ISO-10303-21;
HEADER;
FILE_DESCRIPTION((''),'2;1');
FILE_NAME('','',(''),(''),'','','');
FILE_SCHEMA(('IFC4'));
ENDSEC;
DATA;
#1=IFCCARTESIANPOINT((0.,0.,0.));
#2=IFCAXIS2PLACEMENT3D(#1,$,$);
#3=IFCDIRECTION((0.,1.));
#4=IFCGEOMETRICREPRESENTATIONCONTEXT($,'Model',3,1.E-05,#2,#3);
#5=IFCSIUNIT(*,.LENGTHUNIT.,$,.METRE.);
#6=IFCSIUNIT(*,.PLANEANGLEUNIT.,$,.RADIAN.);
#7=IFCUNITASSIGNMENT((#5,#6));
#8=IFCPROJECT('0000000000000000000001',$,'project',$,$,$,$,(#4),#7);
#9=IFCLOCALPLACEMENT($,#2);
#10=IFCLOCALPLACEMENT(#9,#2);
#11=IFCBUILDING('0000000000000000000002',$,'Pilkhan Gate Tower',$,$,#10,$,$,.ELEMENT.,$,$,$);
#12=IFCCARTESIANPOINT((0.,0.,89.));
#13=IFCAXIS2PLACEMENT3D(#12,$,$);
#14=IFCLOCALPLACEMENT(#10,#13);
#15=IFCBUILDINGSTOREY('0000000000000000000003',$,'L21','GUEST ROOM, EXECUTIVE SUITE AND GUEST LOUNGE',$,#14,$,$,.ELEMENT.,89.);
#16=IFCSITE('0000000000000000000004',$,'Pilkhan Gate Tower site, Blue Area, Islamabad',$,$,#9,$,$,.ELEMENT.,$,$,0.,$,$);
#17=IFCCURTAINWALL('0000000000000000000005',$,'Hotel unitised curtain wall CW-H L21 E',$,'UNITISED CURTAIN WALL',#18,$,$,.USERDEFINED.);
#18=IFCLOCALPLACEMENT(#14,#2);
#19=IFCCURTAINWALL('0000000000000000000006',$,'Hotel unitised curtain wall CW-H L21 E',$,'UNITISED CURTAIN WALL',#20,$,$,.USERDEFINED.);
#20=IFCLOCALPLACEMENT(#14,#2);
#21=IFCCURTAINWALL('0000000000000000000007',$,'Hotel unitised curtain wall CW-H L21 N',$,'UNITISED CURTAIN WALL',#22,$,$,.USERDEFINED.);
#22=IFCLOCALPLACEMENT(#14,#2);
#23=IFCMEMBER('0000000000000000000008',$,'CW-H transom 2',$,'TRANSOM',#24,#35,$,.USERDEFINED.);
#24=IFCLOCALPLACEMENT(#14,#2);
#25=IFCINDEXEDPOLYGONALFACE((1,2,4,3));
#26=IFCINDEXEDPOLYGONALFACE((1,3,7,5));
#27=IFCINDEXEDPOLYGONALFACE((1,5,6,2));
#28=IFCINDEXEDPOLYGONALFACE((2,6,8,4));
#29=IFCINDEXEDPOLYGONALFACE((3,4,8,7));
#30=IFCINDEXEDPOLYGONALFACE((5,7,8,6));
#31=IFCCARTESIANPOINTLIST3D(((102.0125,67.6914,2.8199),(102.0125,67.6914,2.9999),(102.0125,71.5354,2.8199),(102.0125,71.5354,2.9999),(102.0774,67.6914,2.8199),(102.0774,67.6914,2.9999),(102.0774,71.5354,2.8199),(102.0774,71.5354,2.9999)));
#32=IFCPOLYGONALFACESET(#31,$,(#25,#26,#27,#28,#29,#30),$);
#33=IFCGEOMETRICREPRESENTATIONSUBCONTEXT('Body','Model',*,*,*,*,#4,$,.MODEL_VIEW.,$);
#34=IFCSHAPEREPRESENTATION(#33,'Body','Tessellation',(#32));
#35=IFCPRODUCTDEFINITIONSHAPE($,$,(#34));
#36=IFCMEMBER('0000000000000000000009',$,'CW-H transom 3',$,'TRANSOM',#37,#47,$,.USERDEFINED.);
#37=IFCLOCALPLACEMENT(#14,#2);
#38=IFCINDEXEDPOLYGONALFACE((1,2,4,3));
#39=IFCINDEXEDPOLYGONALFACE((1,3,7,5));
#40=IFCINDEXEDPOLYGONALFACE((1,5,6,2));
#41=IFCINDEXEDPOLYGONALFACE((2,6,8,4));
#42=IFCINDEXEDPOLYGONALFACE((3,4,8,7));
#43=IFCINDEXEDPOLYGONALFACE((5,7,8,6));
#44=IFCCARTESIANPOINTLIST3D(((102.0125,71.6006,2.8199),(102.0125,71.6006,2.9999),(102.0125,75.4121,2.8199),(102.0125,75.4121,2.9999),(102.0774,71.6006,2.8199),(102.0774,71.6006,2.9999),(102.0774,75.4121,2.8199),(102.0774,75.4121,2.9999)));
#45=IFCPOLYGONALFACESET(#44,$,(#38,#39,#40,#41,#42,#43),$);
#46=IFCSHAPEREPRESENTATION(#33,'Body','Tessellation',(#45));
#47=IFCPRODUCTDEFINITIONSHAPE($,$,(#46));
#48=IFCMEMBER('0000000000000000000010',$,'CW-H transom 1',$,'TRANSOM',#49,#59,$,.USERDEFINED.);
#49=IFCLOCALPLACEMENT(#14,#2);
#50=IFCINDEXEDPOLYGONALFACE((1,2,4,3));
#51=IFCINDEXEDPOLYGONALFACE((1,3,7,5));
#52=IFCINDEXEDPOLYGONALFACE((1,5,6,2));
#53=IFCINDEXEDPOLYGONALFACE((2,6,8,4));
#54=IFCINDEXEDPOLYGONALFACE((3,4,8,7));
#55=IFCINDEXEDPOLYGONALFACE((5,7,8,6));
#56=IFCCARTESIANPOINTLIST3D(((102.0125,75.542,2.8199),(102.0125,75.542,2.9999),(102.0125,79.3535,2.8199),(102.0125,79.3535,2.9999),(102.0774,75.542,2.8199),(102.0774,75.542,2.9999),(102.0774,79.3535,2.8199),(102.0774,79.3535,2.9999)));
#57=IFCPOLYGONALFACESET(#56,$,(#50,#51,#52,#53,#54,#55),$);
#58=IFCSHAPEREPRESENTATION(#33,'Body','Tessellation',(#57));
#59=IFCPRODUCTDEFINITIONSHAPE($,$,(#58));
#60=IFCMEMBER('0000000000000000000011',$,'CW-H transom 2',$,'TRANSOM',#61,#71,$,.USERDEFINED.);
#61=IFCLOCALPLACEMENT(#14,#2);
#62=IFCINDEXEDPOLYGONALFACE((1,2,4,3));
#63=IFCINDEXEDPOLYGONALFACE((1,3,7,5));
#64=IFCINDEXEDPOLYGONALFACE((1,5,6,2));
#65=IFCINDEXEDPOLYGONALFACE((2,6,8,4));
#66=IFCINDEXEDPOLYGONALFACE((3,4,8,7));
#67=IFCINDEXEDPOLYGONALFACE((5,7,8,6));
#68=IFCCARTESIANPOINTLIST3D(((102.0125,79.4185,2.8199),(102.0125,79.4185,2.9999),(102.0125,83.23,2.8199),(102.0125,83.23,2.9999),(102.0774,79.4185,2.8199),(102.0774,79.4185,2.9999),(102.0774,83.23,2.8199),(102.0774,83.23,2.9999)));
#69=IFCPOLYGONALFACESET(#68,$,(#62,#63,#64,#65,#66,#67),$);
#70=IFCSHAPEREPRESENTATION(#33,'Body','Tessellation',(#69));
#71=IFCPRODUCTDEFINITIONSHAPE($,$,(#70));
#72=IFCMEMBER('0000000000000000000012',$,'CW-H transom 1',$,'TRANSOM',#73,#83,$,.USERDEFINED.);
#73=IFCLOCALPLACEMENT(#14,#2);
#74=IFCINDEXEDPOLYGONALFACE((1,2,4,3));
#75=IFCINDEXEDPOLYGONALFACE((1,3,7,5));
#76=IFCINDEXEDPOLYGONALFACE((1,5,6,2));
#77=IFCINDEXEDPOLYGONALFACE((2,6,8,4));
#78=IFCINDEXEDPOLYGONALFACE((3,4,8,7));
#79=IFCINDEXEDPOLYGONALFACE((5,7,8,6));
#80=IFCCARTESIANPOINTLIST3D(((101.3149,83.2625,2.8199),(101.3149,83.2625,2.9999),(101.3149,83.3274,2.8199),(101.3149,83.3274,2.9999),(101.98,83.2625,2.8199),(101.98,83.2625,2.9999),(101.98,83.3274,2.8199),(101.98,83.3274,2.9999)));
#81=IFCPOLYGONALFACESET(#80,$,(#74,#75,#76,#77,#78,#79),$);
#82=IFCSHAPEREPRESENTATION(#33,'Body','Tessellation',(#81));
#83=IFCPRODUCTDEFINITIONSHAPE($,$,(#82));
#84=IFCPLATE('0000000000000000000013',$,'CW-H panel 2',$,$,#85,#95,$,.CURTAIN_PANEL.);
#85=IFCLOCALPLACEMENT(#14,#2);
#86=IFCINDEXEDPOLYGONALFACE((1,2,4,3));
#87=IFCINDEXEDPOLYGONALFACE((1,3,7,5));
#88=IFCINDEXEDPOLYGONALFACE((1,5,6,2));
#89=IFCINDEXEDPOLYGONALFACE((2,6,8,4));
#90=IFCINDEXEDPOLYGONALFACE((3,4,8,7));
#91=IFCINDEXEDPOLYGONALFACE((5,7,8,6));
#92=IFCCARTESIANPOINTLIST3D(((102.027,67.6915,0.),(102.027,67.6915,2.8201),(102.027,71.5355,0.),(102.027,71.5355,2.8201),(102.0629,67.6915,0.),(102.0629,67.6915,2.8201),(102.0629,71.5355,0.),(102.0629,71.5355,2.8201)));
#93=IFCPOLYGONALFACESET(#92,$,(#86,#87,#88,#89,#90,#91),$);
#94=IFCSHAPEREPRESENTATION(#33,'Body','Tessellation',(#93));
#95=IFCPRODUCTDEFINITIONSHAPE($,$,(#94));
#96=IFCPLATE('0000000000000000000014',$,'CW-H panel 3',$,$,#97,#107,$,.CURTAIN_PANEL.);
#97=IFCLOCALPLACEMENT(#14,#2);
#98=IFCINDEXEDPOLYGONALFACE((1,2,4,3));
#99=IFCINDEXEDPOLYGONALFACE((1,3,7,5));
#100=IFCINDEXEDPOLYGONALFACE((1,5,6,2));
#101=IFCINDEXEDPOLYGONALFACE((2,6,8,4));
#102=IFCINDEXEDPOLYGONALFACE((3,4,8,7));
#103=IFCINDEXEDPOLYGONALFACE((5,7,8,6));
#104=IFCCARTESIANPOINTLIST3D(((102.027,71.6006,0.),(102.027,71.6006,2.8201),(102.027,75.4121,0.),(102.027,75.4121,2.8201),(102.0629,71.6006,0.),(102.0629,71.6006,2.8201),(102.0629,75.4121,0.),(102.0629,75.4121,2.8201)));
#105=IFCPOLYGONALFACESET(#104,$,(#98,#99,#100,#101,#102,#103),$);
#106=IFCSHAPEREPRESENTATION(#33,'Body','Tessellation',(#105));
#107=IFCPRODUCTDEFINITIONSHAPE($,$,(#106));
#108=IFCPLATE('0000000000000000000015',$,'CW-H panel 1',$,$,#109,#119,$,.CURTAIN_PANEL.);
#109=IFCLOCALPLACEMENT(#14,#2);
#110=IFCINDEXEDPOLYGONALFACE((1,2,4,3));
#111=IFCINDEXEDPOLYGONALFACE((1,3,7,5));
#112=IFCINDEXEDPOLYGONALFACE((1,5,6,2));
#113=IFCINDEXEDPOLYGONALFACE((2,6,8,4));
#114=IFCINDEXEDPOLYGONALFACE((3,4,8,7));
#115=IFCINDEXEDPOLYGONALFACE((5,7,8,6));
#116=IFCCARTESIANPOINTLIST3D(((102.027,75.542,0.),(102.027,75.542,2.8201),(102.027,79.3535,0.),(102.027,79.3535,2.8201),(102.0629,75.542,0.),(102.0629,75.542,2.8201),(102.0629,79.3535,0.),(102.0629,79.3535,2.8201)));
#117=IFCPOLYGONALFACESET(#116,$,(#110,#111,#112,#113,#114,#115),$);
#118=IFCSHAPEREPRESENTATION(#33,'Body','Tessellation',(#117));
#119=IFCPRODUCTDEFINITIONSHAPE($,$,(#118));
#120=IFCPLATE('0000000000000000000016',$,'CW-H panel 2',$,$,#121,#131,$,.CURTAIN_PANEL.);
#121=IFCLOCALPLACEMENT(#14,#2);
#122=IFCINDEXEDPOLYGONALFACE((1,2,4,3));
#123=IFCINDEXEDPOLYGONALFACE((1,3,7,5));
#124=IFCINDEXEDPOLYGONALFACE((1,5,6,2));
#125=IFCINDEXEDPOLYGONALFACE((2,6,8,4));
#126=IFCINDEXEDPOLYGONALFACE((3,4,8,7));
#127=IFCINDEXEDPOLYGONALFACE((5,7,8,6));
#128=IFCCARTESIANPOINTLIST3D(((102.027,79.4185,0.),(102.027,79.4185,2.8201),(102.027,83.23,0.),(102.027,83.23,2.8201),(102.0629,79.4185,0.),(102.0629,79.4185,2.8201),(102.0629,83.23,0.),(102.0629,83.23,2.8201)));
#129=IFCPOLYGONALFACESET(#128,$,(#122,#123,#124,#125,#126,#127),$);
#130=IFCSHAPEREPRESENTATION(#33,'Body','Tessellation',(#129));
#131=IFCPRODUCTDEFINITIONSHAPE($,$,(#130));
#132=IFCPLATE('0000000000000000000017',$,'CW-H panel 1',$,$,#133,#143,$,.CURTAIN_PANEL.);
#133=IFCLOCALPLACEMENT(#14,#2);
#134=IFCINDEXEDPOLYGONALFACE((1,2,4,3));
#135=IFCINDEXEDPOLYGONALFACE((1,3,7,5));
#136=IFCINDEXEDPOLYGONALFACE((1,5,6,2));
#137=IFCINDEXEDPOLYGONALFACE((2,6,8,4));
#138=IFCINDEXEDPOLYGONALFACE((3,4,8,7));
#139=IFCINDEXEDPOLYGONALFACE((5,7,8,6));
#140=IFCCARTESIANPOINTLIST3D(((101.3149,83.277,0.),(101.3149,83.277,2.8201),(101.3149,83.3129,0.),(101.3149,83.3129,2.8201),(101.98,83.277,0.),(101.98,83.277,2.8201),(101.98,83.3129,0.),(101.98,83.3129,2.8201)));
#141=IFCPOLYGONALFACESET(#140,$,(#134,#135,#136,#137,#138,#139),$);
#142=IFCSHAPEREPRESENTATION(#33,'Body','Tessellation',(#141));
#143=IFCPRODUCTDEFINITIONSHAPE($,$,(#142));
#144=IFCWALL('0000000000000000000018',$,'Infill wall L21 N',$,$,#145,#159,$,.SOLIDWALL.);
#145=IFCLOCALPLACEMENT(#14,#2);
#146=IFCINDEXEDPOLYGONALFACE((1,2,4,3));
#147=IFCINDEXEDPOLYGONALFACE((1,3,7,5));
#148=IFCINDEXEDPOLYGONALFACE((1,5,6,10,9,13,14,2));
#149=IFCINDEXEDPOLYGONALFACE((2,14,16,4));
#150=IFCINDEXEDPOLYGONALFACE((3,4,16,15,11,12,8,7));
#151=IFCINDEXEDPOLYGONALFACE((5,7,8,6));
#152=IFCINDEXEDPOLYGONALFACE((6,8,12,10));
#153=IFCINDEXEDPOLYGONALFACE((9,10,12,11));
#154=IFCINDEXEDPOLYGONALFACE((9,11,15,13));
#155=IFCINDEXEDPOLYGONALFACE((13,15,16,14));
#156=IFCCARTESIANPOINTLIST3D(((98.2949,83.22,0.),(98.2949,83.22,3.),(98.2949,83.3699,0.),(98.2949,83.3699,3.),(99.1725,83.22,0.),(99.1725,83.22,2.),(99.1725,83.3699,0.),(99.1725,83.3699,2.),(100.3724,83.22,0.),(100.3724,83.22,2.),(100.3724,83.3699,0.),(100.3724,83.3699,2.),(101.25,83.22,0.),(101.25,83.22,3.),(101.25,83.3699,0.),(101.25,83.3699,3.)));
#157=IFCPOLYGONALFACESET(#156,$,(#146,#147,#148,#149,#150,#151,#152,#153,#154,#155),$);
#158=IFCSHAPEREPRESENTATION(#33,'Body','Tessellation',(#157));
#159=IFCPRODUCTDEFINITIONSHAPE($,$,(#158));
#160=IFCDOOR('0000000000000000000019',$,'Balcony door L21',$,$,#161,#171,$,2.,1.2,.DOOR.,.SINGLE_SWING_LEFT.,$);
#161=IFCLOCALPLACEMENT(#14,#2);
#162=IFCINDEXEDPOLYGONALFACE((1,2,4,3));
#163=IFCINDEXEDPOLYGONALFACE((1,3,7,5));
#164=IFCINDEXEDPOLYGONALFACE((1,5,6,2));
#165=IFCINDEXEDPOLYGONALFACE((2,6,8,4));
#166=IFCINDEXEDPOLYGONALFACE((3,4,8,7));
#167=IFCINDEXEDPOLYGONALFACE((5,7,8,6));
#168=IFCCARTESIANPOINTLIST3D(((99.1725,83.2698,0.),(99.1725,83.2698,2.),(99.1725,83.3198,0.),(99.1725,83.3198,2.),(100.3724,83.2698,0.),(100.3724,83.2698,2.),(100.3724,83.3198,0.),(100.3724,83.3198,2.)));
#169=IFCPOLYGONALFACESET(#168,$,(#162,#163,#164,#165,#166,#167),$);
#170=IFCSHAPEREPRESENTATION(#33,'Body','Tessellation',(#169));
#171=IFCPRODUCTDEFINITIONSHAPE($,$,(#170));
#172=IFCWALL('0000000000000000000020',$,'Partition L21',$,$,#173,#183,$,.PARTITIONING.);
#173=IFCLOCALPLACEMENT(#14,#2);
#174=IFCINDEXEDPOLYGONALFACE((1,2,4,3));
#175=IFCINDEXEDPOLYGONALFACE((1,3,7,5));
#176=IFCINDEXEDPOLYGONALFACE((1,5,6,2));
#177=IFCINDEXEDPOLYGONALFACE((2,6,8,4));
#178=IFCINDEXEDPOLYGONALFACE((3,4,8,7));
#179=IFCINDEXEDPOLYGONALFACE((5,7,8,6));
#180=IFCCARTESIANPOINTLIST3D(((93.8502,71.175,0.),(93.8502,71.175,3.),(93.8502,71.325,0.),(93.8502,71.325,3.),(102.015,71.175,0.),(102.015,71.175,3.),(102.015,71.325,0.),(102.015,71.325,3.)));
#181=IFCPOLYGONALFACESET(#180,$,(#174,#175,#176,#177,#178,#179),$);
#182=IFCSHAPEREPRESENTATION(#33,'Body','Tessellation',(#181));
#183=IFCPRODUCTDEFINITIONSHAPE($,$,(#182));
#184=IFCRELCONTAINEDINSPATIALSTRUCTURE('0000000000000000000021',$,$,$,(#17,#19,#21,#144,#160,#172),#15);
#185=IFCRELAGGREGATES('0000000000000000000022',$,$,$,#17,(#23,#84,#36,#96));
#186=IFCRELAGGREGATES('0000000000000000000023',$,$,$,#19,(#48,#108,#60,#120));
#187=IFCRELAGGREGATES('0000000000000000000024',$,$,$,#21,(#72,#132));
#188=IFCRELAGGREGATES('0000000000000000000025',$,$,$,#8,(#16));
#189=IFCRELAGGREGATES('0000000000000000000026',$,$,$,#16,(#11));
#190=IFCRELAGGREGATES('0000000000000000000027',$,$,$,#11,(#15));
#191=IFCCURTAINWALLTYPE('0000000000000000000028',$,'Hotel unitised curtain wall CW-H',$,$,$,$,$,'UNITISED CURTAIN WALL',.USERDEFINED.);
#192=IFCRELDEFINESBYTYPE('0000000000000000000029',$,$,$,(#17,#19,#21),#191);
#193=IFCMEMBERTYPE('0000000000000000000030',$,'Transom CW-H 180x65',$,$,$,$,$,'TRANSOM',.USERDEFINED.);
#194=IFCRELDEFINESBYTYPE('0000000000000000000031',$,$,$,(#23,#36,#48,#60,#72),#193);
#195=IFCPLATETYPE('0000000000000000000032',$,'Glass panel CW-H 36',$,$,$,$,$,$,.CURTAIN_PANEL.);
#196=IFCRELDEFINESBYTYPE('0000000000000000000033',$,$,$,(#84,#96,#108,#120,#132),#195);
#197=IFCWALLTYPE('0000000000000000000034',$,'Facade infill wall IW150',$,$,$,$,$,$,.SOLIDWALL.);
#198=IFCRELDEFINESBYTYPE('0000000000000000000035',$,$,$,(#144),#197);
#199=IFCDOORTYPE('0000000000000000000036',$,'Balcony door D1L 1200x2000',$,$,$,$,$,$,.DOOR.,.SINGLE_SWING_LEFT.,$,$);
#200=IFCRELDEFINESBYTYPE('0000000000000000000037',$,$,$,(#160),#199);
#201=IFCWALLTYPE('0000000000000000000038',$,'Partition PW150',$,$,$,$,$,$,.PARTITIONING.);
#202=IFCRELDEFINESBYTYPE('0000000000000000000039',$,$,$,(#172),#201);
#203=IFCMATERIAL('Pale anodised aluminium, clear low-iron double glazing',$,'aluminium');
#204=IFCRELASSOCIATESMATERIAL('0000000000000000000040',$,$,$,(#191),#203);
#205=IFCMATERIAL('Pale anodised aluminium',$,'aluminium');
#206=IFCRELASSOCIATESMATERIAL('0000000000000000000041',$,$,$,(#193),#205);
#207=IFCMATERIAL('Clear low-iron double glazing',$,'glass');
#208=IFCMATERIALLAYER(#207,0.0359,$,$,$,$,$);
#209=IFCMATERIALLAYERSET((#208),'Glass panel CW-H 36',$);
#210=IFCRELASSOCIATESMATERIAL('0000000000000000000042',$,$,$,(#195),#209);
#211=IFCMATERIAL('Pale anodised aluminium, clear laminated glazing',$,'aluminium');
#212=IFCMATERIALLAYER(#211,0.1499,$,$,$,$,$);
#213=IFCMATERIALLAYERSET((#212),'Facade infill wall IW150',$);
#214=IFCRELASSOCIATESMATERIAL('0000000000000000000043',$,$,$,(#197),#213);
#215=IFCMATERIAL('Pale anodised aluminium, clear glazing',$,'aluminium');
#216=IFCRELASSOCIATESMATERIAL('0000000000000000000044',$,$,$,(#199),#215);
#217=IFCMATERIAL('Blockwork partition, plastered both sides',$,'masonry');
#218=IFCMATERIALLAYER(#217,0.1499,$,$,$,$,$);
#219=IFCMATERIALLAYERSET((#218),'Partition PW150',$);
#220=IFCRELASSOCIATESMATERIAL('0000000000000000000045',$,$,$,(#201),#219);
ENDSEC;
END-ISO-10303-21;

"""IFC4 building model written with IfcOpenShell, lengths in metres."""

from ifc_helpers import new_model, si_unit, direction, frame, frame_2d, origin, origin_2d, place, context, subcontext, project, spatial, rectangle, extrude, material, layer, layer_set, material_profile, profile_set, type_object, element, fill, aggregate, save


model = new_model("IFC4")

# Units and contexts
model_context = context("Model", 3, precision=1e-05, world=origin(), true_north=direction((0.0, 1.0)))
body_context = subcontext(model_context, "Body", "Model", "MODEL_VIEW")
ifc_project = project(units=[si_unit("LENGTHUNIT", "METRE"), si_unit("PLANEANGLEUNIT", "RADIAN")], contexts=[model_context])

# Site, building, storey
site_placement = place(None, origin())
site = spatial("IfcSite", under=ifc_project, at=site_placement, Name="Pilkhan Gate Tower site, Blue Area, Islamabad", CompositionType="ELEMENT", RefElevation=0.0)
building_placement = place(site_placement, origin())
building = spatial("IfcBuilding", under=site, at=building_placement, Name="Pilkhan Gate Tower", CompositionType="ELEMENT")
storey_placement = place(building_placement, frame((0.0, 0.0, 89.0)))
storey = spatial("IfcBuildingStorey", under=building, at=storey_placement, Name="L21", Description="GUEST ROOM, EXECUTIVE SUITE AND GUEST LOUNGE", CompositionType="ELEMENT", Elevation=89.0)

# Curtain walls
ifc_material_1 = material(Name="Pale anodised aluminium, clear low-iron double glazing", Category="aluminium")
curtain_wall_type = type_object("IfcCurtainWallType", Name="Hotel unitised curtain wall CW-H", ElementType="UNITISED CURTAIN WALL", PredefinedType="USERDEFINED", material=ifc_material_1)
curtain_wall_1_placement = place(storey_placement, origin())
curtain_wall_1 = element("IfcCurtainWall", 1, at=curtain_wall_1_placement, inside=storey, type_object=curtain_wall_type, Name="Hotel unitised curtain wall CW-H L21 E", ObjectType="UNITISED CURTAIN WALL", PredefinedType="USERDEFINED")
ifc_material_2 = material(Name="Pale anodised aluminium", Category="aluminium")
curtain_wall_2_placement = place(storey_placement, origin())
curtain_wall_2 = element("IfcCurtainWall", 2, at=curtain_wall_2_placement, inside=storey, type_object=curtain_wall_type, Name="Hotel unitised curtain wall CW-H L21 E", ObjectType="UNITISED CURTAIN WALL", PredefinedType="USERDEFINED")
curtain_wall_3_placement = place(storey_placement, origin())
curtain_wall_3 = element("IfcCurtainWall", 3, at=curtain_wall_3_placement, inside=storey, type_object=curtain_wall_type, Name="Hotel unitised curtain wall CW-H L21 N", ObjectType="UNITISED CURTAIN WALL", PredefinedType="USERDEFINED")

# Members
ifc_material_profile_1 = material_profile(ifc_material_2, rectangle(XDim=0.0649, YDim=0.1799, at=origin_2d()), Name="Transom 180x65")
ifc_profile_set_1 = profile_set([ifc_material_profile_1], Name="Pale anodised aluminium")
member_type_1 = type_object("IfcMemberType", Name="Transom CW-H 180x65", ElementType="TRANSOM", PredefinedType="USERDEFINED", material=ifc_profile_set_1)
member_1_placement = place(storey_placement, frame((102.0449, 67.6914, 2.9099), z_axis=(0.0, 1.0, 0.0), x_axis=(-1.0, 0.0, 0.0)))
member_1 = element("IfcMember", 4, at=member_1_placement, type_object=member_type_1, Name="CW-H transom 2", ObjectType="TRANSOM", PredefinedType="USERDEFINED", context=body_context, shape_type="SweptSolid", body=[
    extrude(rectangle(XDim=0.0649, YDim=0.1799, at=origin_2d()), origin(), (0.0, 0.0, 1.0), 3.844),
])
member_2_placement = place(storey_placement, frame((102.0449, 71.6006, 2.9099), z_axis=(0.0, 1.0, 0.0), x_axis=(-1.0, 0.0, 0.0)))
member_2 = element("IfcMember", 5, at=member_2_placement, type_object=member_type_1, Name="CW-H transom 3", ObjectType="TRANSOM", PredefinedType="USERDEFINED", context=body_context, shape_type="SweptSolid", body=[
    extrude(rectangle(XDim=0.0649, YDim=0.1799, at=origin_2d()), origin(), (0.0, 0.0, 1.0), 3.8115),
])
member_3_placement = place(storey_placement, frame((102.0449, 75.542, 2.9099), z_axis=(0.0, 1.0, 0.0), x_axis=(-1.0, 0.0, 0.0)))
member_3 = element("IfcMember", 6, at=member_3_placement, type_object=member_type_1, Name="CW-H transom 1", ObjectType="TRANSOM", PredefinedType="USERDEFINED", context=body_context, shape_type="SweptSolid", body=[
    extrude(rectangle(XDim=0.0649, YDim=0.1799, at=origin_2d()), origin(), (0.0, 0.0, 1.0), 3.8115),
])
member_4_placement = place(storey_placement, frame((102.0449, 79.4185, 2.9099), z_axis=(0.0, 1.0, 0.0), x_axis=(-1.0, 0.0, 0.0)))
member_4 = element("IfcMember", 7, at=member_4_placement, type_object=member_type_1, Name="CW-H transom 2", ObjectType="TRANSOM", PredefinedType="USERDEFINED", context=body_context, shape_type="SweptSolid", body=[
    extrude(rectangle(XDim=0.0649, YDim=0.1799, at=origin_2d()), origin(), (0.0, 0.0, 1.0), 3.8115),
])
member_5_placement = place(storey_placement, frame((101.3149, 83.2949, 2.9099), z_axis=(1.0, 0.0, 0.0), x_axis=(0.0, 1.0, 0.0)))
member_5 = element("IfcMember", 8, at=member_5_placement, type_object=member_type_1, Name="CW-H transom 1", ObjectType="TRANSOM", PredefinedType="USERDEFINED", context=body_context, shape_type="SweptSolid", body=[
    extrude(rectangle(XDim=0.0649, YDim=0.1799, at=origin_2d()), origin(), (0.0, 0.0, 1.0), 0.665),
])

# Plates
ifc_material_3 = material(Name="Clear low-iron double glazing", Category="glass")
ifc_layer_1 = layer(ifc_material_3, 0.0359)
ifc_layer_set_1 = layer_set([ifc_layer_1], Name="Glass panel CW-H 36")
plate_type = type_object("IfcPlateType", Name="Glass panel CW-H 36", PredefinedType="CURTAIN_PANEL", material=ifc_layer_set_1)
plate_1_placement = place(storey_placement, frame((102.0449, 69.6135, 0.0), z_axis=(0.0, 0.0, 1.0), x_axis=(0.0, 1.0, 0.0)))
plate_1 = element("IfcPlate", 9, at=plate_1_placement, type_object=plate_type, Name="CW-H panel 2", PredefinedType="CURTAIN_PANEL", context=body_context, shape_type="SweptSolid", body=[
    extrude(rectangle(XDim=3.844, YDim=0.0359, at=origin_2d()), origin(), (0.0, 0.0, 1.0), 2.8201),
])
plate_2_placement = place(storey_placement, frame((102.0449, 73.5063, 0.0), z_axis=(0.0, 0.0, 1.0), x_axis=(0.0, 1.0, 0.0)))
plate_2 = element("IfcPlate", 10, at=plate_2_placement, type_object=plate_type, Name="CW-H panel 3", PredefinedType="CURTAIN_PANEL", context=body_context, shape_type="SweptSolid", body=[
    extrude(rectangle(XDim=3.8115, YDim=0.0359, at=origin_2d()), origin(), (0.0, 0.0, 1.0), 2.8201),
])
aggregate(curtain_wall_1, [member_1, plate_1, member_2, plate_2])
plate_3_placement = place(storey_placement, frame((102.0449, 77.4478, 0.0), z_axis=(0.0, 0.0, 1.0), x_axis=(0.0, 1.0, 0.0)))
plate_3 = element("IfcPlate", 11, at=plate_3_placement, type_object=plate_type, Name="CW-H panel 1", PredefinedType="CURTAIN_PANEL", context=body_context, shape_type="SweptSolid", body=[
    extrude(rectangle(XDim=3.8115, YDim=0.0359, at=origin_2d()), origin(), (0.0, 0.0, 1.0), 2.8201),
])
plate_4_placement = place(storey_placement, frame((102.0449, 81.3242, 0.0), z_axis=(0.0, 0.0, 1.0), x_axis=(0.0, 1.0, 0.0)))
plate_4 = element("IfcPlate", 12, at=plate_4_placement, type_object=plate_type, Name="CW-H panel 2", PredefinedType="CURTAIN_PANEL", context=body_context, shape_type="SweptSolid", body=[
    extrude(rectangle(XDim=3.8115, YDim=0.0359, at=origin_2d()), origin(), (0.0, 0.0, 1.0), 2.8201),
])
aggregate(curtain_wall_2, [member_3, plate_3, member_4, plate_4])
plate_5_placement = place(storey_placement, frame((101.6475, 83.2949, 0.0), z_axis=(0.0, 0.0, 1.0), x_axis=(1.0, 0.0, 0.0)))
plate_5 = element("IfcPlate", 13, at=plate_5_placement, type_object=plate_type, Name="CW-H panel 1", PredefinedType="CURTAIN_PANEL", context=body_context, shape_type="SweptSolid", body=[
    extrude(rectangle(XDim=0.665, YDim=0.0359, at=origin_2d()), origin(), (0.0, 0.0, 1.0), 2.8201),
])
aggregate(curtain_wall_3, [member_5, plate_5])

# Wall, opening, door
ifc_material_4 = material(Name="Pale anodised aluminium, clear laminated glazing", Category="aluminium")
ifc_layer_2 = layer(ifc_material_4, 0.1499)
ifc_layer_set_2 = layer_set([ifc_layer_2], Name="Facade infill wall IW150")
wall_type_1 = type_object("IfcWallType", Name="Facade infill wall IW150", PredefinedType="SOLIDWALL", material=ifc_layer_set_2)
wall_1_placement = place(storey_placement, frame((98.2949, 83.2949, 0.0), z_axis=(0.0, 0.0, 1.0), x_axis=(1.0, 0.0, 0.0)))
wall_1 = element("IfcWall", 14, at=wall_1_placement, inside=storey, type_object=wall_type_1, Name="Infill wall L21 N", PredefinedType="SOLIDWALL", context=body_context, shape_type="SweptSolid", body=[
    extrude(rectangle(XDim=2.9551, YDim=0.1499, at=frame_2d((1.4775, 0.0))), origin(), (0.0, 0.0, 1.0), 3.0),
])
opening_1_placement = place(wall_1_placement, frame((0.8774, 0.0, 0.0)))
opening_1 = element("IfcOpeningElement", 15, at=opening_1_placement, cuts=wall_1, PredefinedType="OPENING", context=body_context, shape_type="SweptSolid", body=[
    extrude(rectangle(XDim=1.2, YDim=2.0, at=frame_2d((0.6001, 1.0))), frame((0.0, 0.085, 0.0), z_axis=(0.0, -1.0, 0.0), x_axis=(1.0, 0.0, 0.0)), (0.0, 0.0, 1.0), 0.1699),
])
ifc_material_5 = material(Name="Pale anodised aluminium, clear glazing", Category="aluminium")
door_type_1 = type_object("IfcDoorType", Name="Balcony door D1L 1200x2000", OperationType="SINGLE_SWING_LEFT", PredefinedType="DOOR", material=ifc_material_5)
door_1_placement = place(opening_1_placement, origin())
door_1 = element("IfcDoor", 16, at=door_1_placement, inside=storey, type_object=door_type_1, Name="Balcony door L21", OperationType="SINGLE_SWING_LEFT", OverallHeight=2.0, OverallWidth=1.2, PredefinedType="DOOR", context=body_context, shape_type="SweptSolid", body=[
    extrude(rectangle(XDim=1.2, YDim=2.0, at=frame_2d((0.6001, 1.0))), frame((0.0, 0.0249, 0.0), z_axis=(0.0, -1.0, 0.0), x_axis=(1.0, 0.0, 0.0)), (0.0, 0.0, 1.0), 0.05),
])
fill(opening_1, door_1)

# Wall
ifc_material_6 = material(Name="Blockwork partition, plastered both sides", Category="masonry")
ifc_layer_3 = layer(ifc_material_6, 0.1499)
ifc_layer_set_3 = layer_set([ifc_layer_3], Name="Partition PW150")
wall_type_2 = type_object("IfcWallType", Name="Partition PW150", PredefinedType="PARTITIONING", material=ifc_layer_set_3)
wall_2_placement = place(storey_placement, frame((93.8501, 71.25, 0.0), z_axis=(0.0, 0.0, 1.0), x_axis=(1.0, 0.0, 0.0)))
element("IfcWall", 17, at=wall_2_placement, inside=storey, type_object=wall_type_2, Name="Partition L21", PredefinedType="PARTITIONING", context=body_context, shape_type="SweptSolid", body=[
    extrude(rectangle(XDim=8.1648, YDim=0.1499, at=frame_2d((4.0825, 0.0))), origin(), (0.0, 0.0, 1.0), 3.0),
])

save(model, "model.ifc")
